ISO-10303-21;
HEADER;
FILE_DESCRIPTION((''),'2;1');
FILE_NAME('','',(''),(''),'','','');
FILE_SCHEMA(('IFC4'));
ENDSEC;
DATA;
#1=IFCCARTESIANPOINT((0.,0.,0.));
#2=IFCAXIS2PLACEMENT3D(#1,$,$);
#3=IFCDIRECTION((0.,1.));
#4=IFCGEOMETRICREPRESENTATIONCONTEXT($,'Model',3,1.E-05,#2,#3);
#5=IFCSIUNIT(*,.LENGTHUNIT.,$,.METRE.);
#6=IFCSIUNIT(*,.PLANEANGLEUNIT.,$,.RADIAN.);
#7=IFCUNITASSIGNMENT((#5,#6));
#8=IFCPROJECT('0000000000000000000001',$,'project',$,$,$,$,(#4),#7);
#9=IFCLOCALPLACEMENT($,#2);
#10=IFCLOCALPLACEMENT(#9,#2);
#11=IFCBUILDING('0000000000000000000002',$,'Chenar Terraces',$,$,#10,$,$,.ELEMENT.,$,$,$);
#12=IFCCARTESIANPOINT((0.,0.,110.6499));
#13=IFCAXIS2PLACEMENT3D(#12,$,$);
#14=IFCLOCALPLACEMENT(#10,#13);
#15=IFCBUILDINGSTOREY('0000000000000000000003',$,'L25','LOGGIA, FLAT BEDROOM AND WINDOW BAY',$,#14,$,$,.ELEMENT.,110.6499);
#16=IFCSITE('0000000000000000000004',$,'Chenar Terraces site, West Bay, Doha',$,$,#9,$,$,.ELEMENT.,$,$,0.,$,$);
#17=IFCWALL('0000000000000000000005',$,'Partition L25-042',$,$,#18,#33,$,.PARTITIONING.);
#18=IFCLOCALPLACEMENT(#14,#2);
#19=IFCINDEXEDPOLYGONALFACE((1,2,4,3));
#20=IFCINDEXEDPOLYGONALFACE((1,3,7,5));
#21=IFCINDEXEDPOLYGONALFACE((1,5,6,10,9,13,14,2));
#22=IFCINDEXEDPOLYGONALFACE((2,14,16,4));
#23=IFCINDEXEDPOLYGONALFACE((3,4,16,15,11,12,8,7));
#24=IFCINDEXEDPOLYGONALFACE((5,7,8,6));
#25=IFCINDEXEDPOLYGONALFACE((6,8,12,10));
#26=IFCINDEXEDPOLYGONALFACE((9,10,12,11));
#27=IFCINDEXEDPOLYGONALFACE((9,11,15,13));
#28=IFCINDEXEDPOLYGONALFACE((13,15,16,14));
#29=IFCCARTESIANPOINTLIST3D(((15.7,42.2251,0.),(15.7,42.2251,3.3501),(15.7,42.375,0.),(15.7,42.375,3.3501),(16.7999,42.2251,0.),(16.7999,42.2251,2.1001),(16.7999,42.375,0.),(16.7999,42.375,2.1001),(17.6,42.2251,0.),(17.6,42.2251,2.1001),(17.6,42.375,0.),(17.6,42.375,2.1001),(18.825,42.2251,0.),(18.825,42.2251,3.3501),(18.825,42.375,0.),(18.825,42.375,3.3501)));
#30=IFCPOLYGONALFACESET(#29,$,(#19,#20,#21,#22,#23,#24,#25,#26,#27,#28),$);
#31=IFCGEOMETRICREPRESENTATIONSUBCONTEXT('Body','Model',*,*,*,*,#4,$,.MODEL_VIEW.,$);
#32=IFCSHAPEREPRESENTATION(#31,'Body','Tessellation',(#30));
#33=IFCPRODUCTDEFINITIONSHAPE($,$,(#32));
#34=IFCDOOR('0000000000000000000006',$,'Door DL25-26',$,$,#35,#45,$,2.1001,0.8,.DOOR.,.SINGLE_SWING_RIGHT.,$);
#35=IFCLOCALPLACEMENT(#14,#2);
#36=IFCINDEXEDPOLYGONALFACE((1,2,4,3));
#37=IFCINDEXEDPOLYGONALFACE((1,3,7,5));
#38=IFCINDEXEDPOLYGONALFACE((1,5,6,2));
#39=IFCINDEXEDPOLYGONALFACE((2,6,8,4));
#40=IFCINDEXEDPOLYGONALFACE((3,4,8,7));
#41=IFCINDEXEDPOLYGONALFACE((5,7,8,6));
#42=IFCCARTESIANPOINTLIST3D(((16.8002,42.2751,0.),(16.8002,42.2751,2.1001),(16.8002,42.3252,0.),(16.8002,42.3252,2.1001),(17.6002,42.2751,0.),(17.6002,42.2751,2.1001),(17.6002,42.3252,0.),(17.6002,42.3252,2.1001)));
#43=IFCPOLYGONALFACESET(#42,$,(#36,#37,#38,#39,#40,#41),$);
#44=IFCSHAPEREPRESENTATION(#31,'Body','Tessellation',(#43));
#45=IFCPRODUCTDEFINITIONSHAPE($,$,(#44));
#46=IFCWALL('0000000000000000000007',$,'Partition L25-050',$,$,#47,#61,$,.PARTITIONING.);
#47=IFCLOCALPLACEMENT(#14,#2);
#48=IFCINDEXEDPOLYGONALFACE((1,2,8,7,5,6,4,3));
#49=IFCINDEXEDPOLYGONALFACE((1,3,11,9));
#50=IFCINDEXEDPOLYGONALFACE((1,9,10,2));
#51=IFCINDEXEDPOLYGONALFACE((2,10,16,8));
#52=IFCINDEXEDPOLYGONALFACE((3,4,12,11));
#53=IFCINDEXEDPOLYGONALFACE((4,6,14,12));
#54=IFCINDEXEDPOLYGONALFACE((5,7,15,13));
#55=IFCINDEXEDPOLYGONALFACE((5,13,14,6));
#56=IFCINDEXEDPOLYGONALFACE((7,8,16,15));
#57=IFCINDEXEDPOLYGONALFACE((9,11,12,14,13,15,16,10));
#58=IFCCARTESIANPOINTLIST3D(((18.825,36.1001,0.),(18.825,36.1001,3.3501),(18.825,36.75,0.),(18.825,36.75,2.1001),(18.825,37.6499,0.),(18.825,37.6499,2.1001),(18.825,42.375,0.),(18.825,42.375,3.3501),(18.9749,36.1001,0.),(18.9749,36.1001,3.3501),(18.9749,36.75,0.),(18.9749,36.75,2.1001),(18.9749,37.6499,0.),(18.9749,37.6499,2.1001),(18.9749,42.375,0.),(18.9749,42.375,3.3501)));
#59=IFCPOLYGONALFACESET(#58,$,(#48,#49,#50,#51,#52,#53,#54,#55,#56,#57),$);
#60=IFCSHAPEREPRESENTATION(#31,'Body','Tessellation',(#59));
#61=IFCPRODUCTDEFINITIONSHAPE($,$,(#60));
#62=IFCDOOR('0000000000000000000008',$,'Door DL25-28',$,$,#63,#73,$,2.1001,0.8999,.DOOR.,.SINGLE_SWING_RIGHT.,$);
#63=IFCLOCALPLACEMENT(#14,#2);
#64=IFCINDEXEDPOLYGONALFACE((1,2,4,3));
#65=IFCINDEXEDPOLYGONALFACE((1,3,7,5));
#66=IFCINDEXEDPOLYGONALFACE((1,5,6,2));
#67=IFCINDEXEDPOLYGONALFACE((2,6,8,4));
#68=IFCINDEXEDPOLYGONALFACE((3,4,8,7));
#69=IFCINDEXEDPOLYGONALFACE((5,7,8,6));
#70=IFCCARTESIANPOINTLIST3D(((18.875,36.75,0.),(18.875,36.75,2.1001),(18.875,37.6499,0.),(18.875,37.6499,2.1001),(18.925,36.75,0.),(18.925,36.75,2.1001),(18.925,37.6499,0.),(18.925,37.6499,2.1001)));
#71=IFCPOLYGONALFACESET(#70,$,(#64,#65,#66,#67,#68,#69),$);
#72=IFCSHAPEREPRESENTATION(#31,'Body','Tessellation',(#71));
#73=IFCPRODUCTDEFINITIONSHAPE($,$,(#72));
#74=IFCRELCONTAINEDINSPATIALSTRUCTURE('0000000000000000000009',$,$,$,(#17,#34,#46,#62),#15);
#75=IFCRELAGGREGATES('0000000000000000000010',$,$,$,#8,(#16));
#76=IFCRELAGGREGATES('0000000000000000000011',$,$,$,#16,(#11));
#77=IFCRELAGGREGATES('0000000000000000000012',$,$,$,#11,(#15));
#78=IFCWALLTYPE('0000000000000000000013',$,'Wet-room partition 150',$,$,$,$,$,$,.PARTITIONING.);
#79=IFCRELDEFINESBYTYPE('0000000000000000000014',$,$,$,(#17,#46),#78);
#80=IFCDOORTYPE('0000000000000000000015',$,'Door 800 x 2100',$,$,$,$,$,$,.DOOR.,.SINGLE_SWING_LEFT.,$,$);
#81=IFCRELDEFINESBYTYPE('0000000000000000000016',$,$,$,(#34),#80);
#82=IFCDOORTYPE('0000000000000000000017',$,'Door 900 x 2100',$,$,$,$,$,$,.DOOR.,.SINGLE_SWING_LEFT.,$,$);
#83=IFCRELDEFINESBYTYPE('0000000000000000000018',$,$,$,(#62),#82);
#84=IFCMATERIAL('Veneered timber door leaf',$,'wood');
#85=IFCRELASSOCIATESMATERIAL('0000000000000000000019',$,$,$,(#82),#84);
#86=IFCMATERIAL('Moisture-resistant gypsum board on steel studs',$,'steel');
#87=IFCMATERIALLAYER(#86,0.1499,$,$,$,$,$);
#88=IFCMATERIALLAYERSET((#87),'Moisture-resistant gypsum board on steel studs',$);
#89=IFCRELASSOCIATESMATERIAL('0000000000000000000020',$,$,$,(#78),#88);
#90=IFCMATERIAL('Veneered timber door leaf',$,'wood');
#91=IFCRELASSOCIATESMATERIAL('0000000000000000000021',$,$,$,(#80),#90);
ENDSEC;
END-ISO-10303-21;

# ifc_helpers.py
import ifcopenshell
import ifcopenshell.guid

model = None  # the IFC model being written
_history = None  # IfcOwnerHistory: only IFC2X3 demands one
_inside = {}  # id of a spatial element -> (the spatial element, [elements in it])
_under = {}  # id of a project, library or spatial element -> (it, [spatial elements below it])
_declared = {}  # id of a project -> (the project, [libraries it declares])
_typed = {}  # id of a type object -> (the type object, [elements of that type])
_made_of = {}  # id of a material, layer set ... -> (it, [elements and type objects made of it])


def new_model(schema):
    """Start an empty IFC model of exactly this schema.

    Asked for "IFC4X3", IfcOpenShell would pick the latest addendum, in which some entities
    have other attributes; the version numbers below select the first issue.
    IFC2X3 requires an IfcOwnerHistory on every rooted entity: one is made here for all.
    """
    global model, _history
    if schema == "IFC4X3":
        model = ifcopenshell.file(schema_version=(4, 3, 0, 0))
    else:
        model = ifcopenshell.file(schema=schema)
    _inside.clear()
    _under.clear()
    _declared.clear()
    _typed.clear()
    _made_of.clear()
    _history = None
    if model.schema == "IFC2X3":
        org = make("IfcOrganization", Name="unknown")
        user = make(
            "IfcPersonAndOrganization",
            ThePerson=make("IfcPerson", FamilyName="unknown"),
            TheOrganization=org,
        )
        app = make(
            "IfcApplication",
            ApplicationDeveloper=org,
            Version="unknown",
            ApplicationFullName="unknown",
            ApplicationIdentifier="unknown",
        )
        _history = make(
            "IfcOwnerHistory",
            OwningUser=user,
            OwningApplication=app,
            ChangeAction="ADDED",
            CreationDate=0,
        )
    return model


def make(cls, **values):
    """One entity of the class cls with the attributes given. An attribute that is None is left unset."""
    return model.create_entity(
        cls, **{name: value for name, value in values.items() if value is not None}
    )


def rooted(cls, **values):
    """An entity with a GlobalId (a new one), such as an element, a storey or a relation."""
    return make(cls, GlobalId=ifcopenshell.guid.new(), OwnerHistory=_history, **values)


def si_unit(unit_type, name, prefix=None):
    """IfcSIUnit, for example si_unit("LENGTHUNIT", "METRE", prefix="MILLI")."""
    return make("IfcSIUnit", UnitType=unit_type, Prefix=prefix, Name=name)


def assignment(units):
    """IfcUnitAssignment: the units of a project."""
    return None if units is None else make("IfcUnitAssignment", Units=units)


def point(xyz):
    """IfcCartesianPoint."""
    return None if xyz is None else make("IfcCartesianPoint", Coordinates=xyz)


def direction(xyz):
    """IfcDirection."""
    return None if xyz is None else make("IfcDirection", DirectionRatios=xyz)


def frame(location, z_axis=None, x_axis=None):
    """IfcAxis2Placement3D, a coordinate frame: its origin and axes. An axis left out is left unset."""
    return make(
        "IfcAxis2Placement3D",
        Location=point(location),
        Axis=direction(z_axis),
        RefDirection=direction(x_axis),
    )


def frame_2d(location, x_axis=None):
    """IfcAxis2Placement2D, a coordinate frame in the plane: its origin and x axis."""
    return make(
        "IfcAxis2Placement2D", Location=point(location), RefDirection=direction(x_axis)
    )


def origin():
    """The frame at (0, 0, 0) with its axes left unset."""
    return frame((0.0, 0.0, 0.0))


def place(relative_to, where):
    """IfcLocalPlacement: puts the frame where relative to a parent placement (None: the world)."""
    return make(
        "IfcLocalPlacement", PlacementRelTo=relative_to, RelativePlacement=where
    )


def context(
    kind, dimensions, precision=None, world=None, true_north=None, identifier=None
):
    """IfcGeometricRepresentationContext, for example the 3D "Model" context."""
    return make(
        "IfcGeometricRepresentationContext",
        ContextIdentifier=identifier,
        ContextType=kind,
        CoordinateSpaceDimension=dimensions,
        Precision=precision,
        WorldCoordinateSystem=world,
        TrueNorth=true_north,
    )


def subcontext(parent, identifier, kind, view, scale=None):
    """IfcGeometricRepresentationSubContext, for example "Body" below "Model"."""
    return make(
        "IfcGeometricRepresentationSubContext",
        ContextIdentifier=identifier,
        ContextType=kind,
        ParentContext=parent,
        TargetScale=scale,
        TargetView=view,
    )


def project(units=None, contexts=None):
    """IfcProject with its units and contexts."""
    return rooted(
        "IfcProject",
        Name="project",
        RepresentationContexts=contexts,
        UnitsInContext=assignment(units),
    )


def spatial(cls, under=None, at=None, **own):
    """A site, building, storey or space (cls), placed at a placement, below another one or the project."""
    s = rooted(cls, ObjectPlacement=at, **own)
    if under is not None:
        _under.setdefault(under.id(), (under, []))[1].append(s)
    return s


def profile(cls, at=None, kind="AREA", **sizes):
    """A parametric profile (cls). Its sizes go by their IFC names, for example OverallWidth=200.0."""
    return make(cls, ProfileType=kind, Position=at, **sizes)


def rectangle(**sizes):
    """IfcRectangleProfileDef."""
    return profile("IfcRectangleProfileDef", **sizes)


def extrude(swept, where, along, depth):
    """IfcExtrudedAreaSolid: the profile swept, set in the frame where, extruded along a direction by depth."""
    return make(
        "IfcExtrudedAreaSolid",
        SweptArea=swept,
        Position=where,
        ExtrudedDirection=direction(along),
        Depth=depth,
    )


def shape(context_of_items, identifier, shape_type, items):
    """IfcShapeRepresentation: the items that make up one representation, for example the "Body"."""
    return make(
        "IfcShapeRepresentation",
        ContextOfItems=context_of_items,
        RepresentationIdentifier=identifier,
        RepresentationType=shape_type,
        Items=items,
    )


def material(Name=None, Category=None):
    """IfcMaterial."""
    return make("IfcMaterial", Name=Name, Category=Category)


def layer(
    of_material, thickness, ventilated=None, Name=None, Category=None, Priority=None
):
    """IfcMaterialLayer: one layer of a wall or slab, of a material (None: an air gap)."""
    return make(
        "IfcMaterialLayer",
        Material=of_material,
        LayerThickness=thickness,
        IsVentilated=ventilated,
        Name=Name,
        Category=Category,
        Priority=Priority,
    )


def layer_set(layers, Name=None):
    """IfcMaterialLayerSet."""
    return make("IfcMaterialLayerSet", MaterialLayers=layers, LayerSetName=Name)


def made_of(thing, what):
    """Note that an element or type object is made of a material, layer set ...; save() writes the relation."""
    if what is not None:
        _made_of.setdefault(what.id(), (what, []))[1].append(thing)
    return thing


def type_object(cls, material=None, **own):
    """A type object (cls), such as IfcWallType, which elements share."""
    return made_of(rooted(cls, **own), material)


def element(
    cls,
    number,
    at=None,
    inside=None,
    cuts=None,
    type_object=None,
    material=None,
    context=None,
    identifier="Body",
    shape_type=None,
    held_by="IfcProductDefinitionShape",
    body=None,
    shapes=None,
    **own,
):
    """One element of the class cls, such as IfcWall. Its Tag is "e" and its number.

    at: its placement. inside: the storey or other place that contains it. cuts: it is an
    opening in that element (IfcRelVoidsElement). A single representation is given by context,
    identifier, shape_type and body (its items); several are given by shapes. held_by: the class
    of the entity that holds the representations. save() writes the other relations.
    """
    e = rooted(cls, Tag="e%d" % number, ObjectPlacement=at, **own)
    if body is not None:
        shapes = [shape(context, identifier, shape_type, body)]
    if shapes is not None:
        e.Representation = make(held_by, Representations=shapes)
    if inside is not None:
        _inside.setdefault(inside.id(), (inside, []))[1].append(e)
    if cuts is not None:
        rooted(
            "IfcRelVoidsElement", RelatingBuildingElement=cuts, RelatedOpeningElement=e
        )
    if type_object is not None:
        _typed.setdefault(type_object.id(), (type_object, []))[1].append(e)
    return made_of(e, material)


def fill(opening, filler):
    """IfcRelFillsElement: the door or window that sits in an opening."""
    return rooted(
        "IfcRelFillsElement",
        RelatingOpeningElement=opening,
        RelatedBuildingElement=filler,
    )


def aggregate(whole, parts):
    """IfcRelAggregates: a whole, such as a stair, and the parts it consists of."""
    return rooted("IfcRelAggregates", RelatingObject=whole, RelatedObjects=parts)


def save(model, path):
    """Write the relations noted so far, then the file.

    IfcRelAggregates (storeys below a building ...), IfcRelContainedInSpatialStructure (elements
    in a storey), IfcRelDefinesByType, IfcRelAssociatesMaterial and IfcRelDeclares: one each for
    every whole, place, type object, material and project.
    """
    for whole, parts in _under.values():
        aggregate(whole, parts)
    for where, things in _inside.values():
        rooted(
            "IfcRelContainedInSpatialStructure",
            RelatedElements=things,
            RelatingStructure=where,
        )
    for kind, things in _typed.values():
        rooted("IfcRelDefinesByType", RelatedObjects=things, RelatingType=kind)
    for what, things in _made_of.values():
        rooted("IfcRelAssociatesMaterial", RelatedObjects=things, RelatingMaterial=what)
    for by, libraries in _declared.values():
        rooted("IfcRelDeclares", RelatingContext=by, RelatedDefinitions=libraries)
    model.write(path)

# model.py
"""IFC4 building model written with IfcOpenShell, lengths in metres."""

from ifc_helpers import new_model, si_unit, direction, frame, frame_2d, origin, place, context, subcontext, project, spatial, rectangle, extrude, material, layer, layer_set, type_object, element, fill, save


model = new_model("IFC4")

# Units and contexts
model_context = context("Model", 3, precision=1e-05, world=origin(), true_north=direction((0.0, 1.0)))
body_context = subcontext(model_context, "Body", "Model", "MODEL_VIEW")
ifc_project = project(units=[si_unit("LENGTHUNIT", "METRE"), si_unit("PLANEANGLEUNIT", "RADIAN")], contexts=[model_context])

# Site, building, storey
site_placement = place(None, origin())
site = spatial("IfcSite", under=ifc_project, at=site_placement, Name="Chenar Terraces site, West Bay, Doha", CompositionType="ELEMENT", RefElevation=0.0)
building_placement = place(site_placement, origin())
building = spatial("IfcBuilding", under=site, at=building_placement, Name="Chenar Terraces", CompositionType="ELEMENT")
storey_placement = place(building_placement, frame((0.0, 0.0, 110.6499)))
storey = spatial("IfcBuildingStorey", under=building, at=storey_placement, Name="L25", Description="LOGGIA, FLAT BEDROOM AND WINDOW BAY", CompositionType="ELEMENT", Elevation=110.6499)

# Shared definitions
ifc_material_1 = material(Name="Veneered timber door leaf", Category="wood")
door_type_1 = type_object("IfcDoorType", Name="Door 900 x 2100", OperationType="SINGLE_SWING_LEFT", PredefinedType="DOOR", material=ifc_material_1)

# Shared definitions
ifc_material_2 = material(Name="Moisture-resistant gypsum board on steel studs", Category="steel")
ifc_layer_1 = layer(ifc_material_2, 0.1499)
ifc_layer_set_1 = layer_set([ifc_layer_1], Name="Moisture-resistant gypsum board on steel studs")
wall_type_1 = type_object("IfcWallType", Name="Wet-room partition 150", PredefinedType="PARTITIONING", material=ifc_layer_set_1)

# Walls, openings, doors
wall_1_placement = place(storey_placement, frame((15.7, 42.3, 0.0), z_axis=(0.0, 0.0, 1.0), x_axis=(1.0, 0.0, 0.0)))
wall_1 = element("IfcWall", 1, at=wall_1_placement, inside=storey, type_object=wall_type_1, Name="Partition L25-042", PredefinedType="PARTITIONING", context=body_context, shape_type="SweptSolid", body=[
    extrude(rectangle(XDim=3.125, YDim=0.1499, at=frame_2d((1.5625, 0.0))), origin(), (0.0, 0.0, 1.0), 3.3501),
])
opening_1_placement = place(wall_1_placement, frame((1.1001, 0.0, 0.0)))
opening_1 = element("IfcOpeningElement", 2, at=opening_1_placement, cuts=wall_1, PredefinedType="OPENING", context=body_context, shape_type="SweptSolid", body=[
    extrude(rectangle(XDim=0.8, YDim=2.1001, at=frame_2d((0.3999, 1.05))), frame((0.0, 0.085, 0.0), z_axis=(0.0, -1.0, 0.0), x_axis=(1.0, 0.0, 0.0)), (0.0, 0.0, 1.0), 0.1699),
])
ifc_material_3 = material(Name="Veneered timber door leaf", Category="wood")
door_type_2 = type_object("IfcDoorType", Name="Door 800 x 2100", OperationType="SINGLE_SWING_LEFT", PredefinedType="DOOR", material=ifc_material_3)
door_1_placement = place(opening_1_placement, frame((0.8, 0.0, 0.0), z_axis=(0.0, 0.0, 1.0), x_axis=(-1.0, 0.0, 0.0)))
door_1 = element("IfcDoor", 3, at=door_1_placement, inside=storey, type_object=door_type_2, Name="Door DL25-26", OperationType="SINGLE_SWING_RIGHT", OverallHeight=2.1001, OverallWidth=0.8, PredefinedType="DOOR", context=body_context, shape_type="SweptSolid", body=[
    extrude(rectangle(XDim=0.8, YDim=2.1001, at=frame_2d((0.3999, 1.05))), frame((0.0, 0.0249, 0.0), z_axis=(0.0, -1.0, 0.0), x_axis=(1.0, 0.0, 0.0)), (0.0, 0.0, 1.0), 0.05),
])
fill(opening_1, door_1)
wall_2_placement = place(storey_placement, frame((18.8999, 36.1001, 0.0), z_axis=(0.0, 0.0, 1.0), x_axis=(0.0, 1.0, 0.0)))
wall_2 = element("IfcWall", 4, at=wall_2_placement, inside=storey, type_object=wall_type_1, Name="Partition L25-050", PredefinedType="PARTITIONING", context=body_context, shape_type="SweptSolid", body=[
    extrude(rectangle(XDim=6.2749, YDim=0.1499, at=frame_2d((3.1375, 0.0))), origin(), (0.0, 0.0, 1.0), 3.3501),
])
opening_2_placement = place(wall_2_placement, frame((0.6499, 0.0, 0.0)))
opening_2 = element("IfcOpeningElement", 5, at=opening_2_placement, cuts=wall_2, PredefinedType="OPENING", context=body_context, shape_type="SweptSolid", body=[
    extrude(rectangle(XDim=0.8999, YDim=2.1001, at=frame_2d((0.45, 1.05))), frame((0.0, 0.085, 0.0), z_axis=(0.0, -1.0, 0.0), x_axis=(1.0, 0.0, 0.0)), (0.0, 0.0, 1.0), 0.1699),
])
door_2_placement = place(opening_2_placement, origin())
door_2 = element("IfcDoor", 6, at=door_2_placement, inside=storey, type_object=door_type_1, Name="Door DL25-28", OperationType="SINGLE_SWING_RIGHT", OverallHeight=2.1001, OverallWidth=0.8999, PredefinedType="DOOR", context=body_context, shape_type="SweptSolid", body=[
    extrude(rectangle(XDim=0.8999, YDim=2.1001, at=frame_2d((0.45, 1.05))), frame((0.0, 0.0249, 0.0), z_axis=(0.0, -1.0, 0.0), x_axis=(1.0, 0.0, 0.0)), (0.0, 0.0, 1.0), 0.05),
])
fill(opening_2, door_2)

save(model, "model.ifc")
